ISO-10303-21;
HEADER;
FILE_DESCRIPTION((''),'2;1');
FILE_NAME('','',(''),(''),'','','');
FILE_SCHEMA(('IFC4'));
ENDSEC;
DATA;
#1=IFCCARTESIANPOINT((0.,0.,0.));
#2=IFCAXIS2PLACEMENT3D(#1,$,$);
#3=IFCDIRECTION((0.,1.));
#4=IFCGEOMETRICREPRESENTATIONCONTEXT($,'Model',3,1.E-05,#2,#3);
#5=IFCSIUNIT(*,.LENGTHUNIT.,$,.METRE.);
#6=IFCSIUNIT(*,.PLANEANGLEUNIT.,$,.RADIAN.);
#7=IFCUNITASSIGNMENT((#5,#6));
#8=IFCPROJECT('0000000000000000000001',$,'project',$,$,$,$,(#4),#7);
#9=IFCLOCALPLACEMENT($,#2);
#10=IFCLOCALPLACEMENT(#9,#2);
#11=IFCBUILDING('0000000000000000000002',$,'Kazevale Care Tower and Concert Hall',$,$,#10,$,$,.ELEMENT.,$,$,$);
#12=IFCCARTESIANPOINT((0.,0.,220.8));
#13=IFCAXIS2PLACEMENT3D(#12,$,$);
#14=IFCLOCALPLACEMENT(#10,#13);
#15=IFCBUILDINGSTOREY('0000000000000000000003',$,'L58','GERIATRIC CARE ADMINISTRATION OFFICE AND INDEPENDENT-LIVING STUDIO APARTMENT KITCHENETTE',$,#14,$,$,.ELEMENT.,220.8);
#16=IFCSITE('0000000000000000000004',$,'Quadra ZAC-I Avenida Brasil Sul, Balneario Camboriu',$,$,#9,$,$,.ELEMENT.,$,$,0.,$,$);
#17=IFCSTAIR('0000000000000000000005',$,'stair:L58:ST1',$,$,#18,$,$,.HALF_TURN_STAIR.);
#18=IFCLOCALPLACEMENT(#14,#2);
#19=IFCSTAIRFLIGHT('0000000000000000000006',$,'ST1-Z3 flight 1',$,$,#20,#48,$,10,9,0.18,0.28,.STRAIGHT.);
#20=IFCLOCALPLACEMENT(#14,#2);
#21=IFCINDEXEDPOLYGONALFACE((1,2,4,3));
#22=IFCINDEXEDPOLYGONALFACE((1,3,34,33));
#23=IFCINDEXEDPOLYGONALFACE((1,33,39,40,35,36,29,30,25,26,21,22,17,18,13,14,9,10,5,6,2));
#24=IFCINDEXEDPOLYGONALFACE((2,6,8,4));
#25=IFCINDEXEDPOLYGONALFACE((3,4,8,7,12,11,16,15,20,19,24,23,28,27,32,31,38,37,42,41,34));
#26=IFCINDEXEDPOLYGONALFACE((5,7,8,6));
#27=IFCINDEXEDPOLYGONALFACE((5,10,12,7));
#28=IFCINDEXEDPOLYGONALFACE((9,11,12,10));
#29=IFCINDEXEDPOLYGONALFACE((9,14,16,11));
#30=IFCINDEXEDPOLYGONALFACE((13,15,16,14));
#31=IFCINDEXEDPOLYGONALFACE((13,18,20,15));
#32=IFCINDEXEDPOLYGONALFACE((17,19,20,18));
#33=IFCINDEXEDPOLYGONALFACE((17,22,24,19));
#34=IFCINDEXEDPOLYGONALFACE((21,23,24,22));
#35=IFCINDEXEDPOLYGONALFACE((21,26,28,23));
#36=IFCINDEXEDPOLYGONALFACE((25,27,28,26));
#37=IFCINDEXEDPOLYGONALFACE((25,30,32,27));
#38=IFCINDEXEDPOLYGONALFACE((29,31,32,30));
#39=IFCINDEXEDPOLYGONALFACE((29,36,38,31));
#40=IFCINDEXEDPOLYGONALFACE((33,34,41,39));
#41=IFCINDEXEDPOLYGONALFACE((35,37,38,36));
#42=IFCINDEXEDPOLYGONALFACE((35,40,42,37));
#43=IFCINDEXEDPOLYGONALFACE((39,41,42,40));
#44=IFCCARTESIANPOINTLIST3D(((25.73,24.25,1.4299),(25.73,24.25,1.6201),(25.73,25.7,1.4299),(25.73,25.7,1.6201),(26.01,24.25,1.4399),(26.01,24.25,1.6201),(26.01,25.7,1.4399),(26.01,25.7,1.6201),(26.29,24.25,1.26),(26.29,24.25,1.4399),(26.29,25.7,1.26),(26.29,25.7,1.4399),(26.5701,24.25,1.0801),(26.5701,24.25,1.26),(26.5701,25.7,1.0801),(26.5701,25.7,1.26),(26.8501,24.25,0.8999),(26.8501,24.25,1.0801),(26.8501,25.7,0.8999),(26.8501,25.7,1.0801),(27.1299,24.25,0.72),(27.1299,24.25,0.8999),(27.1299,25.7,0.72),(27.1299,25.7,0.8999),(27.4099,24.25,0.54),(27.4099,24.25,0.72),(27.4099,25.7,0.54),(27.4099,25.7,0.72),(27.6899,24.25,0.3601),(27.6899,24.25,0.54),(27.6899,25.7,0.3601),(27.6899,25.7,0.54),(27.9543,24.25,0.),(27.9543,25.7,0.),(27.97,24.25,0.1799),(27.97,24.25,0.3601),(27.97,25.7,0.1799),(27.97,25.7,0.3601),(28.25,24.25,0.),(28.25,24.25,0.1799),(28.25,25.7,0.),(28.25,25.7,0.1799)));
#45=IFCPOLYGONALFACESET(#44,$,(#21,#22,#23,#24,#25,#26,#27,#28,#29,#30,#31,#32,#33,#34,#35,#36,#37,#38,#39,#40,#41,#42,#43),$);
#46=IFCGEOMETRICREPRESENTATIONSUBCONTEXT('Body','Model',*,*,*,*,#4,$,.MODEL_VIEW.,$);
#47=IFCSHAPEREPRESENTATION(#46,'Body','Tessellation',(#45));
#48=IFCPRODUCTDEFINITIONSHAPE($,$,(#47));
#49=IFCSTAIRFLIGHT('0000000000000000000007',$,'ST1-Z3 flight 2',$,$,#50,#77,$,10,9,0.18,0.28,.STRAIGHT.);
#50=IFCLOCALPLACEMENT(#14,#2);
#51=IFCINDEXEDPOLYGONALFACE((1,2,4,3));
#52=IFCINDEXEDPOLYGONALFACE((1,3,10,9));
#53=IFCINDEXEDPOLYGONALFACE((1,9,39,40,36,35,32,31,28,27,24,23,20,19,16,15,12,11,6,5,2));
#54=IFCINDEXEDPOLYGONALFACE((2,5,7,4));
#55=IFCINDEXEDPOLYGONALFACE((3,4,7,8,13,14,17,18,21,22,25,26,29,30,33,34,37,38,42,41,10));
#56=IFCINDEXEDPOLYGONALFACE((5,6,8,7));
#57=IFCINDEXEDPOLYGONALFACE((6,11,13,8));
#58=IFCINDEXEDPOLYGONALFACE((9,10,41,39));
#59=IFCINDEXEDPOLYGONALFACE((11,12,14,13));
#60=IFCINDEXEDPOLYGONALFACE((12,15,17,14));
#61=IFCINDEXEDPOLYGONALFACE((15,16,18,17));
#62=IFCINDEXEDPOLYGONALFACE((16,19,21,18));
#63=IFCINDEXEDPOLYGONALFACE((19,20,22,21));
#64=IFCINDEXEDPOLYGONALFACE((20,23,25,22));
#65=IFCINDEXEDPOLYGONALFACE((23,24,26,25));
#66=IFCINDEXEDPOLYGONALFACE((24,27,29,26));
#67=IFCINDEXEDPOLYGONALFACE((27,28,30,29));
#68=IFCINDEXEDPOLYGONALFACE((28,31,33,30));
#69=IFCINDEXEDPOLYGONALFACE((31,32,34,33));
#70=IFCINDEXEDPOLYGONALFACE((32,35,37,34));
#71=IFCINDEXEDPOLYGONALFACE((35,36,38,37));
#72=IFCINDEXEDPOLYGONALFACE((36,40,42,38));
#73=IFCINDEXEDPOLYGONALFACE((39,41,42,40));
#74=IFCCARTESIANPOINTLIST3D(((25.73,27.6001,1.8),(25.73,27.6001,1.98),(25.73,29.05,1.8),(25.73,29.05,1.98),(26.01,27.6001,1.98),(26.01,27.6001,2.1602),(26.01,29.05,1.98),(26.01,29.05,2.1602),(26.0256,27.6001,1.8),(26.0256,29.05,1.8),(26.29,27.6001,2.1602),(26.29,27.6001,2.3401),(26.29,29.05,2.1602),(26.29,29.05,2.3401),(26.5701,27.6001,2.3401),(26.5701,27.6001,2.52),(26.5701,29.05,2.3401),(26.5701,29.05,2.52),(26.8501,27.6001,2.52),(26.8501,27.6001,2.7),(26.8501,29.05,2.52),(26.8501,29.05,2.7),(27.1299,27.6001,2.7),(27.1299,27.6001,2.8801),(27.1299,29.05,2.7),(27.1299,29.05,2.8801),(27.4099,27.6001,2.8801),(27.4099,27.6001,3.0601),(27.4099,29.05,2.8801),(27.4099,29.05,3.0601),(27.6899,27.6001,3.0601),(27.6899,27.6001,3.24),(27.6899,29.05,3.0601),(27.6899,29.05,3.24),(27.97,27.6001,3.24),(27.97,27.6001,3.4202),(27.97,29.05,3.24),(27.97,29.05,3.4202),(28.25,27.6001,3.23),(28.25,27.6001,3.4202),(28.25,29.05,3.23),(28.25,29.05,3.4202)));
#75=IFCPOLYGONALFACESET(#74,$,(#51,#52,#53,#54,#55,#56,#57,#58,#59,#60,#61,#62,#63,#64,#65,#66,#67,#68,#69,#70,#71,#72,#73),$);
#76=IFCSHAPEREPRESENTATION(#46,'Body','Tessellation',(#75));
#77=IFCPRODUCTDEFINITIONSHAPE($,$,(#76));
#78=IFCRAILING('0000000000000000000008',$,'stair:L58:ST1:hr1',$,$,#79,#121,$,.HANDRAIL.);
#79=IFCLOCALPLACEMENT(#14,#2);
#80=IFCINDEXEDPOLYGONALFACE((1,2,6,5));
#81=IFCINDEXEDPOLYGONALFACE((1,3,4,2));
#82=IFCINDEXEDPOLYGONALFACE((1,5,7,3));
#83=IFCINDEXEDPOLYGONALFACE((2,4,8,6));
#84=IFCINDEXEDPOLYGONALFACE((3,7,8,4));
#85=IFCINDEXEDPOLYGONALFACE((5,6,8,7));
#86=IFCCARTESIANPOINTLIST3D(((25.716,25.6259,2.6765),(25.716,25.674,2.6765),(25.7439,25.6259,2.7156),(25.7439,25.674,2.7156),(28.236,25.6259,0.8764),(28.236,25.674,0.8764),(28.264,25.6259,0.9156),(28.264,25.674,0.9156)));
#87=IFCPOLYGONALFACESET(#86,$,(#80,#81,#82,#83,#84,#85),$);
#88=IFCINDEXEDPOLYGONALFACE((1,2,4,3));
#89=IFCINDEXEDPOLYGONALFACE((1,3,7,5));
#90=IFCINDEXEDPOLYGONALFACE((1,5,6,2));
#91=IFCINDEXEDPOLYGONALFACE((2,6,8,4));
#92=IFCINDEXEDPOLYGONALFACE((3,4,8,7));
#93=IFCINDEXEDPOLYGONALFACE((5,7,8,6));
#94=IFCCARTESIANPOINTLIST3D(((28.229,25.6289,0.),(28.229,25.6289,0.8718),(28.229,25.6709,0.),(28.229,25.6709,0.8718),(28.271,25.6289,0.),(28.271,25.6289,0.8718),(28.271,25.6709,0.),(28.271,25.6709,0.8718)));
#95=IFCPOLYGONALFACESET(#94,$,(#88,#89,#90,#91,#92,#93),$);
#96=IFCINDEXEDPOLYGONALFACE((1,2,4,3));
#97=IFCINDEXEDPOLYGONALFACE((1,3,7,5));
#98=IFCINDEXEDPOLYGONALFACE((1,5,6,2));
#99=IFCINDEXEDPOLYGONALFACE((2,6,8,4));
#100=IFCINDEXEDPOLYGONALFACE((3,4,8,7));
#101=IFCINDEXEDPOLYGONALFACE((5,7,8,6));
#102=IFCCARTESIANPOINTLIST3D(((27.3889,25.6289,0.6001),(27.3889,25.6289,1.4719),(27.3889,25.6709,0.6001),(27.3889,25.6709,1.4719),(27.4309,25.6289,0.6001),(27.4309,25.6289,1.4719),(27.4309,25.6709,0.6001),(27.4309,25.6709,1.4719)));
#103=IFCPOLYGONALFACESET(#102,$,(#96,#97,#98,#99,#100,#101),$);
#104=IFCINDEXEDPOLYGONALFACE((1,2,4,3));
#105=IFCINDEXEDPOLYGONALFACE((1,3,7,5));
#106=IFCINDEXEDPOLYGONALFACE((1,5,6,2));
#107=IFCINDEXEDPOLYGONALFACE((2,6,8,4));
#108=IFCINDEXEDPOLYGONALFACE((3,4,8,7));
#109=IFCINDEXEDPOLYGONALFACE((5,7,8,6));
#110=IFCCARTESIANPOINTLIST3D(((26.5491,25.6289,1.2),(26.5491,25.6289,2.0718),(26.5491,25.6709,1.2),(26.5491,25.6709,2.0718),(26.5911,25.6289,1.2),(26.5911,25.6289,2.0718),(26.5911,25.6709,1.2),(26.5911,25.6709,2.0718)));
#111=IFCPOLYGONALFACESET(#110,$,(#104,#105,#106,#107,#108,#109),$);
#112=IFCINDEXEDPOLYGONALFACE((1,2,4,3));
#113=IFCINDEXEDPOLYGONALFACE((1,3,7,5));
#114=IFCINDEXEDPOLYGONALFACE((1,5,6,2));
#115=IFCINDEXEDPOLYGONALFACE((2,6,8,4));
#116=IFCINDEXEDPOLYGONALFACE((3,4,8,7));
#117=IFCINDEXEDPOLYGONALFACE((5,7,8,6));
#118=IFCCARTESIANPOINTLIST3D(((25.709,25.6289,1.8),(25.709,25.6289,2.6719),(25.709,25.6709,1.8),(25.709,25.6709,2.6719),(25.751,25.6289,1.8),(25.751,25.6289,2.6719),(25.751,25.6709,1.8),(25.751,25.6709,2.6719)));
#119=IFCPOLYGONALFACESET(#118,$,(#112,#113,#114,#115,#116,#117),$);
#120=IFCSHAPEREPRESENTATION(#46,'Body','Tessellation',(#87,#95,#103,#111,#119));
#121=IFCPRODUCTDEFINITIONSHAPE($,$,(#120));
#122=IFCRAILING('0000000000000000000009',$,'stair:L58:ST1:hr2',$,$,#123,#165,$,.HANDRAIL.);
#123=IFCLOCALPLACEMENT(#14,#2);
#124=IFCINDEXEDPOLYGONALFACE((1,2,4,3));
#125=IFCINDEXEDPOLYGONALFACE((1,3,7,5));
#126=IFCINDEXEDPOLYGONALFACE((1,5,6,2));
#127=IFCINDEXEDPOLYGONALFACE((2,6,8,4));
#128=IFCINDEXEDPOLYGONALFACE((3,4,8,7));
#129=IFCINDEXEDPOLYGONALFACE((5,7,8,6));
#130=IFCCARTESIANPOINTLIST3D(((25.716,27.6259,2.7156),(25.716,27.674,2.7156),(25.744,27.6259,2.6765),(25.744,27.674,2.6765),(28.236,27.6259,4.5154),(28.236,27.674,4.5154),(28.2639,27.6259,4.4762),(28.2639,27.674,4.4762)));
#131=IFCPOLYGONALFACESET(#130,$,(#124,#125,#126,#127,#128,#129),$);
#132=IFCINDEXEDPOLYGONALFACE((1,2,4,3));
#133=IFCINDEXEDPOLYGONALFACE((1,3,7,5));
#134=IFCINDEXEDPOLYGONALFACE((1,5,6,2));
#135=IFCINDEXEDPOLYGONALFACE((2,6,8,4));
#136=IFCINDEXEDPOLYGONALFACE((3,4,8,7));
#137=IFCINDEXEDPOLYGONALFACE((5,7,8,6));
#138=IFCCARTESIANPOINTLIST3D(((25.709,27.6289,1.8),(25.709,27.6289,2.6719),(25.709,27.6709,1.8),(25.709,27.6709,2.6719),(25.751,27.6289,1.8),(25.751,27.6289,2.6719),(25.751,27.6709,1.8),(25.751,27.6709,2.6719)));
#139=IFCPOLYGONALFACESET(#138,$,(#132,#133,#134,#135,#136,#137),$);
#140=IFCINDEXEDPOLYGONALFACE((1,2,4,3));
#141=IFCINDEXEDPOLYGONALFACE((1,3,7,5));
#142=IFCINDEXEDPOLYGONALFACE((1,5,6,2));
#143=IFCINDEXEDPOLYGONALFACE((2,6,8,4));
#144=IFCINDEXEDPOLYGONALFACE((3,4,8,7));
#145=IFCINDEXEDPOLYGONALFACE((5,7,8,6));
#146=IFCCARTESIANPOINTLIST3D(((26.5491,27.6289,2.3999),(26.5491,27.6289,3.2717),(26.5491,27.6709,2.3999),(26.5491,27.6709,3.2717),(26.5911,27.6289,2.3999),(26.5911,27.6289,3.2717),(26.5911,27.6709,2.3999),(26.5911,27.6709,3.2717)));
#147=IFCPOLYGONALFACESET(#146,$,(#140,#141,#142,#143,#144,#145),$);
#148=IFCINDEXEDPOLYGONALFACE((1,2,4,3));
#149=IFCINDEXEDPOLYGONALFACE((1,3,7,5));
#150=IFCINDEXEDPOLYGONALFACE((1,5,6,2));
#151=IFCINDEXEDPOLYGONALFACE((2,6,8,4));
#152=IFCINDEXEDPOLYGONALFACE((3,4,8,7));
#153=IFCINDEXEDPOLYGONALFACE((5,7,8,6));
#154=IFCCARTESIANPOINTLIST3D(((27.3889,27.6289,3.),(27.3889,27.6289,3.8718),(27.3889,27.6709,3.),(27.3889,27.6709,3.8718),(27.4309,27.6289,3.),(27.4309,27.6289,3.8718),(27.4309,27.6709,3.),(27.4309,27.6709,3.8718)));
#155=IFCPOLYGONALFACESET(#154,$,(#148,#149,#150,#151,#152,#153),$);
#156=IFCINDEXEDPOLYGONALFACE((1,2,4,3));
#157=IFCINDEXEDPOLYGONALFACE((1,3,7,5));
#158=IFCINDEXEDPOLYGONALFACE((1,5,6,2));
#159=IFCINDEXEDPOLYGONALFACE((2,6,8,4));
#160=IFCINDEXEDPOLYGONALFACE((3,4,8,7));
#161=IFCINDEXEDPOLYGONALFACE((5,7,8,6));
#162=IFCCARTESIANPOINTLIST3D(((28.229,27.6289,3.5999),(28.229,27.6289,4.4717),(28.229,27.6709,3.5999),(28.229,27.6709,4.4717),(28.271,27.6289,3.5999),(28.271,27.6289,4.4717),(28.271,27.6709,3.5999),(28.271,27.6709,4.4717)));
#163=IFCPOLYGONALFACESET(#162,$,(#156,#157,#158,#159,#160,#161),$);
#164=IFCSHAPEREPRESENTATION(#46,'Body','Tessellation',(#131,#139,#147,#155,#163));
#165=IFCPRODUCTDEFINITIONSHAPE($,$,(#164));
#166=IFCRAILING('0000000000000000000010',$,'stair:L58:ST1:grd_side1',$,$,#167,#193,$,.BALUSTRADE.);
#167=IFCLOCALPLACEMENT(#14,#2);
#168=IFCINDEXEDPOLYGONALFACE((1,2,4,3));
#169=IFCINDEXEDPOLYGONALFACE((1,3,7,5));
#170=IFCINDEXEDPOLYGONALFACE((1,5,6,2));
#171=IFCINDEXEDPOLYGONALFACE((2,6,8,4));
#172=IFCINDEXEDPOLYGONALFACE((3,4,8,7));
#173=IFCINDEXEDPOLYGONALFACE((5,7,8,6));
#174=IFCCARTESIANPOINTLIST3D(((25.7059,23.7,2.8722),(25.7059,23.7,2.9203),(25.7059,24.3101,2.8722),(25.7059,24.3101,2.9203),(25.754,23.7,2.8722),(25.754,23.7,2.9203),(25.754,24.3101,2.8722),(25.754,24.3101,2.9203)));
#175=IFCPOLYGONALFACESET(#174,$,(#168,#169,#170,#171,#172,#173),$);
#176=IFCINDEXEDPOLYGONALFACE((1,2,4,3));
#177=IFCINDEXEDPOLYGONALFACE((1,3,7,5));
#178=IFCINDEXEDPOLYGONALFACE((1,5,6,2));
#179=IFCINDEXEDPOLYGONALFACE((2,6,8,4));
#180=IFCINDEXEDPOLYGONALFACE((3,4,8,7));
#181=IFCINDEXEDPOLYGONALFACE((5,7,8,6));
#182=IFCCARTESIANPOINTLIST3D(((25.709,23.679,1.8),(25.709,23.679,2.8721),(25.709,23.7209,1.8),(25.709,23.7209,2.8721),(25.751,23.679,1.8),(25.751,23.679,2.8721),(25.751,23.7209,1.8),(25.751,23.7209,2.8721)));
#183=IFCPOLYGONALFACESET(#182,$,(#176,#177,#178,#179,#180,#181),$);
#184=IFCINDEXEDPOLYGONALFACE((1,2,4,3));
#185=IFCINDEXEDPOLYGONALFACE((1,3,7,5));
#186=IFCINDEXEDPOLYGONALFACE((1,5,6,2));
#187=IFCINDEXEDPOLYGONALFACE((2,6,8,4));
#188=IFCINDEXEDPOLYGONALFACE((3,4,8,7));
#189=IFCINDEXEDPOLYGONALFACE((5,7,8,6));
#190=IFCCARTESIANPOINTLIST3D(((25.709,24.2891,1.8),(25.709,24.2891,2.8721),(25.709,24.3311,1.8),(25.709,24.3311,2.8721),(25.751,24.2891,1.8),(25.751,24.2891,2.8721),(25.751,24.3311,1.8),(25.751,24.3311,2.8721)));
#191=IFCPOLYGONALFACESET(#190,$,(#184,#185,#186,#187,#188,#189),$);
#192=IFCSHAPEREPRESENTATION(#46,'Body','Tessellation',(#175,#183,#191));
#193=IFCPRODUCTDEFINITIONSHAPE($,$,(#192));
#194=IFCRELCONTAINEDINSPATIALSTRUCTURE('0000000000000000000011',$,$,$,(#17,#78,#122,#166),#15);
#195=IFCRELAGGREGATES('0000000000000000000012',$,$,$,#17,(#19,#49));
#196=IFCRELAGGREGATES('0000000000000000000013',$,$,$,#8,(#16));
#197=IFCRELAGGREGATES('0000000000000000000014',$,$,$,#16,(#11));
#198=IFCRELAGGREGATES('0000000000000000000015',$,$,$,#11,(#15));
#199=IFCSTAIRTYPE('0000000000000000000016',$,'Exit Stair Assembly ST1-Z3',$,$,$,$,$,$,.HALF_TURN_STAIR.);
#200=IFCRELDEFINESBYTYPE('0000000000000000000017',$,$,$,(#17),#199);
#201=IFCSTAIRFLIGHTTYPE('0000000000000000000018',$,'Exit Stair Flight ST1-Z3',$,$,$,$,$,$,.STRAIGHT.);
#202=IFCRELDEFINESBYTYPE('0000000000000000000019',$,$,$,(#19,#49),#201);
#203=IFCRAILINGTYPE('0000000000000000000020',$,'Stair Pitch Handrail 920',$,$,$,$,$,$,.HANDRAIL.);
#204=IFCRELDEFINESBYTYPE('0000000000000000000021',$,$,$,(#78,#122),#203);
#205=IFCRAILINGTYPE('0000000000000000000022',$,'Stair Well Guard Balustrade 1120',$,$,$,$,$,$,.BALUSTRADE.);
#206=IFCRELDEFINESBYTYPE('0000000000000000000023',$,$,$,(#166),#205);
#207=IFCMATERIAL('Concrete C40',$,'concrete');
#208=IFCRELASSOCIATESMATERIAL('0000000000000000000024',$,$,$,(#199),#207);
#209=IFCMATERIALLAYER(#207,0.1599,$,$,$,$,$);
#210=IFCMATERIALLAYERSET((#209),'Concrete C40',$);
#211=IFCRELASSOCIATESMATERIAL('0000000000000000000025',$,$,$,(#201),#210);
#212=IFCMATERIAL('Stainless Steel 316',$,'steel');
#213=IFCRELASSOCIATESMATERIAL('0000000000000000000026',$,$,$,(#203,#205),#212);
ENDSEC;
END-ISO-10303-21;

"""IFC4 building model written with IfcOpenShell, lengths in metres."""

from ifc_helpers import new_model, si_unit, direction, frame, origin, origin_2d, place, context, subcontext, project, spatial, polyline, rectangle, outline, extrude, material, layer, layer_set, type_object, element, aggregate, save


model = new_model("IFC4")

# Units and contexts
model_context = context("Model", 3, precision=1e-05, world=origin(), true_north=direction((0.0, 1.0)))
body_context = subcontext(model_context, "Body", "Model", "MODEL_VIEW")
ifc_project = project(units=[si_unit("LENGTHUNIT", "METRE"), si_unit("PLANEANGLEUNIT", "RADIAN")], contexts=[model_context])

# Site, building, storey
site_placement = place(None, origin())
site = spatial("IfcSite", under=ifc_project, at=site_placement, Name="Quadra ZAC-I Avenida Brasil Sul, Balneario Camboriu", CompositionType="ELEMENT", RefElevation=0.0)
building_placement = place(site_placement, origin())
building = spatial("IfcBuilding", under=site, at=building_placement, Name="Kazevale Care Tower and Concert Hall", CompositionType="ELEMENT")
storey_placement = place(building_placement, frame((0.0, 0.0, 220.8)))
storey = spatial("IfcBuildingStorey", under=building, at=storey_placement, Name="L58", Description="GERIATRIC CARE ADMINISTRATION OFFICE AND INDEPENDENT-LIVING STUDIO APARTMENT KITCHENETTE", CompositionType="ELEMENT", Elevation=220.8)

# Shared definitions
ifc_material_1 = material(Name="Concrete C40", Category="concrete")
ifc_material_2 = material(Name="Stainless Steel 316", Category="steel")

# Stair, stair flights
stair_type = type_object("IfcStairType", Name="Exit Stair Assembly ST1-Z3", PredefinedType="HALF_TURN_STAIR", material=ifc_material_1)
stair_placement = place(storey_placement, origin())
stair = element("IfcStair", 1, at=stair_placement, inside=storey, type_object=stair_type, Name="stair:L58:ST1", PredefinedType="HALF_TURN_STAIR")
ifc_layer_1 = layer(ifc_material_1, 0.1599)
ifc_layer_set_1 = layer_set([ifc_layer_1], Name="Concrete C40")
stair_flight_type = type_object("IfcStairFlightType", Name="Exit Stair Flight ST1-Z3", PredefinedType="STRAIGHT", material=ifc_layer_set_1)
stair_flight_1_placement = place(storey_placement, frame((28.25, 24.9751, 0.0), z_axis=(0.0, 0.0, 1.0), x_axis=(-1.0, 0.0, 0.0)))
stair_flight_1 = element("IfcStairFlight", 2, at=stair_flight_1_placement, type_object=stair_flight_type, Name="ST1-Z3 flight 1", NumberOfRisers=10, NumberOfTreads=9, PredefinedType="STRAIGHT", RiserHeight=0.18, TreadLength=0.28, context=body_context, shape_type="SweptSolid", body=[
    extrude(outline(polyline([(0.0, 0.0), (0.0, 0.1799), (0.28, 0.1799), (0.28, 0.3601), (0.5601, 0.3601), (0.5601, 0.54), (0.8401, 0.54), (0.8401, 0.72), (1.1201, 0.72), (1.1201, 0.8999), (1.3999, 0.8999), (1.3999, 1.0801), (1.6799, 1.0801), (1.6799, 1.26), (1.96, 1.26), (1.96, 1.4399), (2.24, 1.4399), (2.24, 1.6201), (2.52, 1.6201), (2.52, 1.8), (2.52, 1.4299), (0.2957, 0.0), (0.0, 0.0)])), frame((0.0, 0.7251, 0.0), z_axis=(0.0, -1.0, 0.0), x_axis=(1.0, 0.0, 0.0)), (0.0, 0.0, 1.0), 1.45),
])
stair_flight_2_placement = place(storey_placement, frame((25.73, 28.325, 1.8), z_axis=(0.0, 0.0, 1.0), x_axis=(1.0, 0.0, 0.0)))
stair_flight_2 = element("IfcStairFlight", 3, at=stair_flight_2_placement, type_object=stair_flight_type, Name="ST1-Z3 flight 2", NumberOfRisers=10, NumberOfTreads=9, PredefinedType="STRAIGHT", RiserHeight=0.18, TreadLength=0.28, context=body_context, shape_type="SweptSolid", body=[
    extrude(outline(polyline([(0.0, 0.0), (0.0, 0.1799), (0.28, 0.1799), (0.28, 0.3601), (0.5601, 0.3601), (0.5601, 0.54), (0.8401, 0.54), (0.8401, 0.72), (1.1201, 0.72), (1.1201, 0.8999), (1.3999, 0.8999), (1.3999, 1.0801), (1.6799, 1.0801), (1.6799, 1.26), (1.96, 1.26), (1.96, 1.4399), (2.24, 1.4399), (2.24, 1.6201), (2.52, 1.6201), (2.52, 1.8), (2.52, 1.4299), (0.2957, 0.0), (0.0, 0.0)])), frame((0.0, 0.7251, 0.0), z_axis=(0.0, -1.0, 0.0), x_axis=(1.0, 0.0, 0.0)), (0.0, 0.0, 1.0), 1.45),
])
aggregate(stair, [stair_flight_1, stair_flight_2])

# Railings
railing_type_1 = type_object("IfcRailingType", Name="Stair Pitch Handrail 920", PredefinedType="HANDRAIL", material=ifc_material_2)
railing_1_placement = place(storey_placement, frame((28.25, 25.6499, 0.0)))
element("IfcRailing", 4, at=railing_1_placement, inside=storey, type_object=railing_type_1, Name="stair:L58:ST1:hr1", PredefinedType="HANDRAIL", context=body_context, shape_type="SweptSolid", body=[
    extrude(rectangle(XDim=0.0481, YDim=0.0481, at=origin_2d()), frame((0.0, 0.0, 0.896), z_axis=(-0.813728, 0.0, 0.581246), x_axis=(0.0, -1.0, 0.0)), (0.0, 0.0, 1.0), 3.0969),
    extrude(rectangle(XDim=0.042, YDim=0.042, at=origin_2d()), origin(), (0.0, 0.0, 1.0), 0.8718),
    extrude(rectangle(XDim=0.042, YDim=0.042, at=origin_2d()), frame((-0.8401, 0.0, 0.6001)), (0.0, 0.0, 1.0), 0.8718),
    extrude(rectangle(XDim=0.042, YDim=0.042, at=origin_2d()), frame((-1.6799, 0.0, 1.2)), (0.0, 0.0, 1.0), 0.8718),
    extrude(rectangle(XDim=0.042, YDim=0.042, at=origin_2d()), frame((-2.52, 0.0, 1.8)), (0.0, 0.0, 1.0), 0.8718),
])
railing_2_placement = place(storey_placement, frame((25.73, 27.6499, 1.8)))
element("IfcRailing", 5, at=railing_2_placement, inside=storey, type_object=railing_type_1, Name="stair:L58:ST1:hr2", PredefinedType="HANDRAIL", context=body_context, shape_type="SweptSolid", body=[
    extrude(rectangle(XDim=0.0481, YDim=0.0481, at=origin_2d()), frame((0.0, 0.0, 0.896), z_axis=(0.813765, 0.0, 0.581193), x_axis=(0.0, 1.0, 0.0)), (0.0, 0.0, 1.0), 3.0967),
    extrude(rectangle(XDim=0.042, YDim=0.042, at=origin_2d()), origin(), (0.0, 0.0, 1.0), 0.8718),
    extrude(rectangle(XDim=0.042, YDim=0.042, at=origin_2d()), frame((0.8401, 0.0, 0.5999)), (0.0, 0.0, 1.0), 0.8718),
    extrude(rectangle(XDim=0.042, YDim=0.042, at=origin_2d()), frame((1.6799, 0.0, 1.2)), (0.0, 0.0, 1.0), 0.8718),
    extrude(rectangle(XDim=0.042, YDim=0.042, at=origin_2d()), frame((2.52, 0.0, 1.7998)), (0.0, 0.0, 1.0), 0.8718),
])
railing_type_2 = type_object("IfcRailingType", Name="Stair Well Guard Balustrade 1120", PredefinedType="BALUSTRADE", material=ifc_material_2)
railing_3_placement = place(storey_placement, frame((25.73, 23.7, 1.8)))
element("IfcRailing", 6, at=railing_3_placement, inside=storey, type_object=railing_type_2, Name="stair:L58:ST1:grd_side1", PredefinedType="BALUSTRADE", context=body_context, shape_type="SweptSolid", body=[
    extrude(rectangle(XDim=0.0481, YDim=0.0481, at=origin_2d()), frame((0.0, 0.0, 1.0962), z_axis=(0.0, 1.0, 0.0), x_axis=(-1.0, 0.0, 0.0)), (0.0, 0.0, 1.0), 0.6101),
    extrude(rectangle(XDim=0.042, YDim=0.042, at=origin_2d()), origin(), (0.0, 0.0, 1.0), 1.072),
    extrude(rectangle(XDim=0.042, YDim=0.042, at=origin_2d()), frame((0.0, 0.6101, 0.0)), (0.0, 0.0, 1.0), 1.072),
])

save(model, "model.ifc")
